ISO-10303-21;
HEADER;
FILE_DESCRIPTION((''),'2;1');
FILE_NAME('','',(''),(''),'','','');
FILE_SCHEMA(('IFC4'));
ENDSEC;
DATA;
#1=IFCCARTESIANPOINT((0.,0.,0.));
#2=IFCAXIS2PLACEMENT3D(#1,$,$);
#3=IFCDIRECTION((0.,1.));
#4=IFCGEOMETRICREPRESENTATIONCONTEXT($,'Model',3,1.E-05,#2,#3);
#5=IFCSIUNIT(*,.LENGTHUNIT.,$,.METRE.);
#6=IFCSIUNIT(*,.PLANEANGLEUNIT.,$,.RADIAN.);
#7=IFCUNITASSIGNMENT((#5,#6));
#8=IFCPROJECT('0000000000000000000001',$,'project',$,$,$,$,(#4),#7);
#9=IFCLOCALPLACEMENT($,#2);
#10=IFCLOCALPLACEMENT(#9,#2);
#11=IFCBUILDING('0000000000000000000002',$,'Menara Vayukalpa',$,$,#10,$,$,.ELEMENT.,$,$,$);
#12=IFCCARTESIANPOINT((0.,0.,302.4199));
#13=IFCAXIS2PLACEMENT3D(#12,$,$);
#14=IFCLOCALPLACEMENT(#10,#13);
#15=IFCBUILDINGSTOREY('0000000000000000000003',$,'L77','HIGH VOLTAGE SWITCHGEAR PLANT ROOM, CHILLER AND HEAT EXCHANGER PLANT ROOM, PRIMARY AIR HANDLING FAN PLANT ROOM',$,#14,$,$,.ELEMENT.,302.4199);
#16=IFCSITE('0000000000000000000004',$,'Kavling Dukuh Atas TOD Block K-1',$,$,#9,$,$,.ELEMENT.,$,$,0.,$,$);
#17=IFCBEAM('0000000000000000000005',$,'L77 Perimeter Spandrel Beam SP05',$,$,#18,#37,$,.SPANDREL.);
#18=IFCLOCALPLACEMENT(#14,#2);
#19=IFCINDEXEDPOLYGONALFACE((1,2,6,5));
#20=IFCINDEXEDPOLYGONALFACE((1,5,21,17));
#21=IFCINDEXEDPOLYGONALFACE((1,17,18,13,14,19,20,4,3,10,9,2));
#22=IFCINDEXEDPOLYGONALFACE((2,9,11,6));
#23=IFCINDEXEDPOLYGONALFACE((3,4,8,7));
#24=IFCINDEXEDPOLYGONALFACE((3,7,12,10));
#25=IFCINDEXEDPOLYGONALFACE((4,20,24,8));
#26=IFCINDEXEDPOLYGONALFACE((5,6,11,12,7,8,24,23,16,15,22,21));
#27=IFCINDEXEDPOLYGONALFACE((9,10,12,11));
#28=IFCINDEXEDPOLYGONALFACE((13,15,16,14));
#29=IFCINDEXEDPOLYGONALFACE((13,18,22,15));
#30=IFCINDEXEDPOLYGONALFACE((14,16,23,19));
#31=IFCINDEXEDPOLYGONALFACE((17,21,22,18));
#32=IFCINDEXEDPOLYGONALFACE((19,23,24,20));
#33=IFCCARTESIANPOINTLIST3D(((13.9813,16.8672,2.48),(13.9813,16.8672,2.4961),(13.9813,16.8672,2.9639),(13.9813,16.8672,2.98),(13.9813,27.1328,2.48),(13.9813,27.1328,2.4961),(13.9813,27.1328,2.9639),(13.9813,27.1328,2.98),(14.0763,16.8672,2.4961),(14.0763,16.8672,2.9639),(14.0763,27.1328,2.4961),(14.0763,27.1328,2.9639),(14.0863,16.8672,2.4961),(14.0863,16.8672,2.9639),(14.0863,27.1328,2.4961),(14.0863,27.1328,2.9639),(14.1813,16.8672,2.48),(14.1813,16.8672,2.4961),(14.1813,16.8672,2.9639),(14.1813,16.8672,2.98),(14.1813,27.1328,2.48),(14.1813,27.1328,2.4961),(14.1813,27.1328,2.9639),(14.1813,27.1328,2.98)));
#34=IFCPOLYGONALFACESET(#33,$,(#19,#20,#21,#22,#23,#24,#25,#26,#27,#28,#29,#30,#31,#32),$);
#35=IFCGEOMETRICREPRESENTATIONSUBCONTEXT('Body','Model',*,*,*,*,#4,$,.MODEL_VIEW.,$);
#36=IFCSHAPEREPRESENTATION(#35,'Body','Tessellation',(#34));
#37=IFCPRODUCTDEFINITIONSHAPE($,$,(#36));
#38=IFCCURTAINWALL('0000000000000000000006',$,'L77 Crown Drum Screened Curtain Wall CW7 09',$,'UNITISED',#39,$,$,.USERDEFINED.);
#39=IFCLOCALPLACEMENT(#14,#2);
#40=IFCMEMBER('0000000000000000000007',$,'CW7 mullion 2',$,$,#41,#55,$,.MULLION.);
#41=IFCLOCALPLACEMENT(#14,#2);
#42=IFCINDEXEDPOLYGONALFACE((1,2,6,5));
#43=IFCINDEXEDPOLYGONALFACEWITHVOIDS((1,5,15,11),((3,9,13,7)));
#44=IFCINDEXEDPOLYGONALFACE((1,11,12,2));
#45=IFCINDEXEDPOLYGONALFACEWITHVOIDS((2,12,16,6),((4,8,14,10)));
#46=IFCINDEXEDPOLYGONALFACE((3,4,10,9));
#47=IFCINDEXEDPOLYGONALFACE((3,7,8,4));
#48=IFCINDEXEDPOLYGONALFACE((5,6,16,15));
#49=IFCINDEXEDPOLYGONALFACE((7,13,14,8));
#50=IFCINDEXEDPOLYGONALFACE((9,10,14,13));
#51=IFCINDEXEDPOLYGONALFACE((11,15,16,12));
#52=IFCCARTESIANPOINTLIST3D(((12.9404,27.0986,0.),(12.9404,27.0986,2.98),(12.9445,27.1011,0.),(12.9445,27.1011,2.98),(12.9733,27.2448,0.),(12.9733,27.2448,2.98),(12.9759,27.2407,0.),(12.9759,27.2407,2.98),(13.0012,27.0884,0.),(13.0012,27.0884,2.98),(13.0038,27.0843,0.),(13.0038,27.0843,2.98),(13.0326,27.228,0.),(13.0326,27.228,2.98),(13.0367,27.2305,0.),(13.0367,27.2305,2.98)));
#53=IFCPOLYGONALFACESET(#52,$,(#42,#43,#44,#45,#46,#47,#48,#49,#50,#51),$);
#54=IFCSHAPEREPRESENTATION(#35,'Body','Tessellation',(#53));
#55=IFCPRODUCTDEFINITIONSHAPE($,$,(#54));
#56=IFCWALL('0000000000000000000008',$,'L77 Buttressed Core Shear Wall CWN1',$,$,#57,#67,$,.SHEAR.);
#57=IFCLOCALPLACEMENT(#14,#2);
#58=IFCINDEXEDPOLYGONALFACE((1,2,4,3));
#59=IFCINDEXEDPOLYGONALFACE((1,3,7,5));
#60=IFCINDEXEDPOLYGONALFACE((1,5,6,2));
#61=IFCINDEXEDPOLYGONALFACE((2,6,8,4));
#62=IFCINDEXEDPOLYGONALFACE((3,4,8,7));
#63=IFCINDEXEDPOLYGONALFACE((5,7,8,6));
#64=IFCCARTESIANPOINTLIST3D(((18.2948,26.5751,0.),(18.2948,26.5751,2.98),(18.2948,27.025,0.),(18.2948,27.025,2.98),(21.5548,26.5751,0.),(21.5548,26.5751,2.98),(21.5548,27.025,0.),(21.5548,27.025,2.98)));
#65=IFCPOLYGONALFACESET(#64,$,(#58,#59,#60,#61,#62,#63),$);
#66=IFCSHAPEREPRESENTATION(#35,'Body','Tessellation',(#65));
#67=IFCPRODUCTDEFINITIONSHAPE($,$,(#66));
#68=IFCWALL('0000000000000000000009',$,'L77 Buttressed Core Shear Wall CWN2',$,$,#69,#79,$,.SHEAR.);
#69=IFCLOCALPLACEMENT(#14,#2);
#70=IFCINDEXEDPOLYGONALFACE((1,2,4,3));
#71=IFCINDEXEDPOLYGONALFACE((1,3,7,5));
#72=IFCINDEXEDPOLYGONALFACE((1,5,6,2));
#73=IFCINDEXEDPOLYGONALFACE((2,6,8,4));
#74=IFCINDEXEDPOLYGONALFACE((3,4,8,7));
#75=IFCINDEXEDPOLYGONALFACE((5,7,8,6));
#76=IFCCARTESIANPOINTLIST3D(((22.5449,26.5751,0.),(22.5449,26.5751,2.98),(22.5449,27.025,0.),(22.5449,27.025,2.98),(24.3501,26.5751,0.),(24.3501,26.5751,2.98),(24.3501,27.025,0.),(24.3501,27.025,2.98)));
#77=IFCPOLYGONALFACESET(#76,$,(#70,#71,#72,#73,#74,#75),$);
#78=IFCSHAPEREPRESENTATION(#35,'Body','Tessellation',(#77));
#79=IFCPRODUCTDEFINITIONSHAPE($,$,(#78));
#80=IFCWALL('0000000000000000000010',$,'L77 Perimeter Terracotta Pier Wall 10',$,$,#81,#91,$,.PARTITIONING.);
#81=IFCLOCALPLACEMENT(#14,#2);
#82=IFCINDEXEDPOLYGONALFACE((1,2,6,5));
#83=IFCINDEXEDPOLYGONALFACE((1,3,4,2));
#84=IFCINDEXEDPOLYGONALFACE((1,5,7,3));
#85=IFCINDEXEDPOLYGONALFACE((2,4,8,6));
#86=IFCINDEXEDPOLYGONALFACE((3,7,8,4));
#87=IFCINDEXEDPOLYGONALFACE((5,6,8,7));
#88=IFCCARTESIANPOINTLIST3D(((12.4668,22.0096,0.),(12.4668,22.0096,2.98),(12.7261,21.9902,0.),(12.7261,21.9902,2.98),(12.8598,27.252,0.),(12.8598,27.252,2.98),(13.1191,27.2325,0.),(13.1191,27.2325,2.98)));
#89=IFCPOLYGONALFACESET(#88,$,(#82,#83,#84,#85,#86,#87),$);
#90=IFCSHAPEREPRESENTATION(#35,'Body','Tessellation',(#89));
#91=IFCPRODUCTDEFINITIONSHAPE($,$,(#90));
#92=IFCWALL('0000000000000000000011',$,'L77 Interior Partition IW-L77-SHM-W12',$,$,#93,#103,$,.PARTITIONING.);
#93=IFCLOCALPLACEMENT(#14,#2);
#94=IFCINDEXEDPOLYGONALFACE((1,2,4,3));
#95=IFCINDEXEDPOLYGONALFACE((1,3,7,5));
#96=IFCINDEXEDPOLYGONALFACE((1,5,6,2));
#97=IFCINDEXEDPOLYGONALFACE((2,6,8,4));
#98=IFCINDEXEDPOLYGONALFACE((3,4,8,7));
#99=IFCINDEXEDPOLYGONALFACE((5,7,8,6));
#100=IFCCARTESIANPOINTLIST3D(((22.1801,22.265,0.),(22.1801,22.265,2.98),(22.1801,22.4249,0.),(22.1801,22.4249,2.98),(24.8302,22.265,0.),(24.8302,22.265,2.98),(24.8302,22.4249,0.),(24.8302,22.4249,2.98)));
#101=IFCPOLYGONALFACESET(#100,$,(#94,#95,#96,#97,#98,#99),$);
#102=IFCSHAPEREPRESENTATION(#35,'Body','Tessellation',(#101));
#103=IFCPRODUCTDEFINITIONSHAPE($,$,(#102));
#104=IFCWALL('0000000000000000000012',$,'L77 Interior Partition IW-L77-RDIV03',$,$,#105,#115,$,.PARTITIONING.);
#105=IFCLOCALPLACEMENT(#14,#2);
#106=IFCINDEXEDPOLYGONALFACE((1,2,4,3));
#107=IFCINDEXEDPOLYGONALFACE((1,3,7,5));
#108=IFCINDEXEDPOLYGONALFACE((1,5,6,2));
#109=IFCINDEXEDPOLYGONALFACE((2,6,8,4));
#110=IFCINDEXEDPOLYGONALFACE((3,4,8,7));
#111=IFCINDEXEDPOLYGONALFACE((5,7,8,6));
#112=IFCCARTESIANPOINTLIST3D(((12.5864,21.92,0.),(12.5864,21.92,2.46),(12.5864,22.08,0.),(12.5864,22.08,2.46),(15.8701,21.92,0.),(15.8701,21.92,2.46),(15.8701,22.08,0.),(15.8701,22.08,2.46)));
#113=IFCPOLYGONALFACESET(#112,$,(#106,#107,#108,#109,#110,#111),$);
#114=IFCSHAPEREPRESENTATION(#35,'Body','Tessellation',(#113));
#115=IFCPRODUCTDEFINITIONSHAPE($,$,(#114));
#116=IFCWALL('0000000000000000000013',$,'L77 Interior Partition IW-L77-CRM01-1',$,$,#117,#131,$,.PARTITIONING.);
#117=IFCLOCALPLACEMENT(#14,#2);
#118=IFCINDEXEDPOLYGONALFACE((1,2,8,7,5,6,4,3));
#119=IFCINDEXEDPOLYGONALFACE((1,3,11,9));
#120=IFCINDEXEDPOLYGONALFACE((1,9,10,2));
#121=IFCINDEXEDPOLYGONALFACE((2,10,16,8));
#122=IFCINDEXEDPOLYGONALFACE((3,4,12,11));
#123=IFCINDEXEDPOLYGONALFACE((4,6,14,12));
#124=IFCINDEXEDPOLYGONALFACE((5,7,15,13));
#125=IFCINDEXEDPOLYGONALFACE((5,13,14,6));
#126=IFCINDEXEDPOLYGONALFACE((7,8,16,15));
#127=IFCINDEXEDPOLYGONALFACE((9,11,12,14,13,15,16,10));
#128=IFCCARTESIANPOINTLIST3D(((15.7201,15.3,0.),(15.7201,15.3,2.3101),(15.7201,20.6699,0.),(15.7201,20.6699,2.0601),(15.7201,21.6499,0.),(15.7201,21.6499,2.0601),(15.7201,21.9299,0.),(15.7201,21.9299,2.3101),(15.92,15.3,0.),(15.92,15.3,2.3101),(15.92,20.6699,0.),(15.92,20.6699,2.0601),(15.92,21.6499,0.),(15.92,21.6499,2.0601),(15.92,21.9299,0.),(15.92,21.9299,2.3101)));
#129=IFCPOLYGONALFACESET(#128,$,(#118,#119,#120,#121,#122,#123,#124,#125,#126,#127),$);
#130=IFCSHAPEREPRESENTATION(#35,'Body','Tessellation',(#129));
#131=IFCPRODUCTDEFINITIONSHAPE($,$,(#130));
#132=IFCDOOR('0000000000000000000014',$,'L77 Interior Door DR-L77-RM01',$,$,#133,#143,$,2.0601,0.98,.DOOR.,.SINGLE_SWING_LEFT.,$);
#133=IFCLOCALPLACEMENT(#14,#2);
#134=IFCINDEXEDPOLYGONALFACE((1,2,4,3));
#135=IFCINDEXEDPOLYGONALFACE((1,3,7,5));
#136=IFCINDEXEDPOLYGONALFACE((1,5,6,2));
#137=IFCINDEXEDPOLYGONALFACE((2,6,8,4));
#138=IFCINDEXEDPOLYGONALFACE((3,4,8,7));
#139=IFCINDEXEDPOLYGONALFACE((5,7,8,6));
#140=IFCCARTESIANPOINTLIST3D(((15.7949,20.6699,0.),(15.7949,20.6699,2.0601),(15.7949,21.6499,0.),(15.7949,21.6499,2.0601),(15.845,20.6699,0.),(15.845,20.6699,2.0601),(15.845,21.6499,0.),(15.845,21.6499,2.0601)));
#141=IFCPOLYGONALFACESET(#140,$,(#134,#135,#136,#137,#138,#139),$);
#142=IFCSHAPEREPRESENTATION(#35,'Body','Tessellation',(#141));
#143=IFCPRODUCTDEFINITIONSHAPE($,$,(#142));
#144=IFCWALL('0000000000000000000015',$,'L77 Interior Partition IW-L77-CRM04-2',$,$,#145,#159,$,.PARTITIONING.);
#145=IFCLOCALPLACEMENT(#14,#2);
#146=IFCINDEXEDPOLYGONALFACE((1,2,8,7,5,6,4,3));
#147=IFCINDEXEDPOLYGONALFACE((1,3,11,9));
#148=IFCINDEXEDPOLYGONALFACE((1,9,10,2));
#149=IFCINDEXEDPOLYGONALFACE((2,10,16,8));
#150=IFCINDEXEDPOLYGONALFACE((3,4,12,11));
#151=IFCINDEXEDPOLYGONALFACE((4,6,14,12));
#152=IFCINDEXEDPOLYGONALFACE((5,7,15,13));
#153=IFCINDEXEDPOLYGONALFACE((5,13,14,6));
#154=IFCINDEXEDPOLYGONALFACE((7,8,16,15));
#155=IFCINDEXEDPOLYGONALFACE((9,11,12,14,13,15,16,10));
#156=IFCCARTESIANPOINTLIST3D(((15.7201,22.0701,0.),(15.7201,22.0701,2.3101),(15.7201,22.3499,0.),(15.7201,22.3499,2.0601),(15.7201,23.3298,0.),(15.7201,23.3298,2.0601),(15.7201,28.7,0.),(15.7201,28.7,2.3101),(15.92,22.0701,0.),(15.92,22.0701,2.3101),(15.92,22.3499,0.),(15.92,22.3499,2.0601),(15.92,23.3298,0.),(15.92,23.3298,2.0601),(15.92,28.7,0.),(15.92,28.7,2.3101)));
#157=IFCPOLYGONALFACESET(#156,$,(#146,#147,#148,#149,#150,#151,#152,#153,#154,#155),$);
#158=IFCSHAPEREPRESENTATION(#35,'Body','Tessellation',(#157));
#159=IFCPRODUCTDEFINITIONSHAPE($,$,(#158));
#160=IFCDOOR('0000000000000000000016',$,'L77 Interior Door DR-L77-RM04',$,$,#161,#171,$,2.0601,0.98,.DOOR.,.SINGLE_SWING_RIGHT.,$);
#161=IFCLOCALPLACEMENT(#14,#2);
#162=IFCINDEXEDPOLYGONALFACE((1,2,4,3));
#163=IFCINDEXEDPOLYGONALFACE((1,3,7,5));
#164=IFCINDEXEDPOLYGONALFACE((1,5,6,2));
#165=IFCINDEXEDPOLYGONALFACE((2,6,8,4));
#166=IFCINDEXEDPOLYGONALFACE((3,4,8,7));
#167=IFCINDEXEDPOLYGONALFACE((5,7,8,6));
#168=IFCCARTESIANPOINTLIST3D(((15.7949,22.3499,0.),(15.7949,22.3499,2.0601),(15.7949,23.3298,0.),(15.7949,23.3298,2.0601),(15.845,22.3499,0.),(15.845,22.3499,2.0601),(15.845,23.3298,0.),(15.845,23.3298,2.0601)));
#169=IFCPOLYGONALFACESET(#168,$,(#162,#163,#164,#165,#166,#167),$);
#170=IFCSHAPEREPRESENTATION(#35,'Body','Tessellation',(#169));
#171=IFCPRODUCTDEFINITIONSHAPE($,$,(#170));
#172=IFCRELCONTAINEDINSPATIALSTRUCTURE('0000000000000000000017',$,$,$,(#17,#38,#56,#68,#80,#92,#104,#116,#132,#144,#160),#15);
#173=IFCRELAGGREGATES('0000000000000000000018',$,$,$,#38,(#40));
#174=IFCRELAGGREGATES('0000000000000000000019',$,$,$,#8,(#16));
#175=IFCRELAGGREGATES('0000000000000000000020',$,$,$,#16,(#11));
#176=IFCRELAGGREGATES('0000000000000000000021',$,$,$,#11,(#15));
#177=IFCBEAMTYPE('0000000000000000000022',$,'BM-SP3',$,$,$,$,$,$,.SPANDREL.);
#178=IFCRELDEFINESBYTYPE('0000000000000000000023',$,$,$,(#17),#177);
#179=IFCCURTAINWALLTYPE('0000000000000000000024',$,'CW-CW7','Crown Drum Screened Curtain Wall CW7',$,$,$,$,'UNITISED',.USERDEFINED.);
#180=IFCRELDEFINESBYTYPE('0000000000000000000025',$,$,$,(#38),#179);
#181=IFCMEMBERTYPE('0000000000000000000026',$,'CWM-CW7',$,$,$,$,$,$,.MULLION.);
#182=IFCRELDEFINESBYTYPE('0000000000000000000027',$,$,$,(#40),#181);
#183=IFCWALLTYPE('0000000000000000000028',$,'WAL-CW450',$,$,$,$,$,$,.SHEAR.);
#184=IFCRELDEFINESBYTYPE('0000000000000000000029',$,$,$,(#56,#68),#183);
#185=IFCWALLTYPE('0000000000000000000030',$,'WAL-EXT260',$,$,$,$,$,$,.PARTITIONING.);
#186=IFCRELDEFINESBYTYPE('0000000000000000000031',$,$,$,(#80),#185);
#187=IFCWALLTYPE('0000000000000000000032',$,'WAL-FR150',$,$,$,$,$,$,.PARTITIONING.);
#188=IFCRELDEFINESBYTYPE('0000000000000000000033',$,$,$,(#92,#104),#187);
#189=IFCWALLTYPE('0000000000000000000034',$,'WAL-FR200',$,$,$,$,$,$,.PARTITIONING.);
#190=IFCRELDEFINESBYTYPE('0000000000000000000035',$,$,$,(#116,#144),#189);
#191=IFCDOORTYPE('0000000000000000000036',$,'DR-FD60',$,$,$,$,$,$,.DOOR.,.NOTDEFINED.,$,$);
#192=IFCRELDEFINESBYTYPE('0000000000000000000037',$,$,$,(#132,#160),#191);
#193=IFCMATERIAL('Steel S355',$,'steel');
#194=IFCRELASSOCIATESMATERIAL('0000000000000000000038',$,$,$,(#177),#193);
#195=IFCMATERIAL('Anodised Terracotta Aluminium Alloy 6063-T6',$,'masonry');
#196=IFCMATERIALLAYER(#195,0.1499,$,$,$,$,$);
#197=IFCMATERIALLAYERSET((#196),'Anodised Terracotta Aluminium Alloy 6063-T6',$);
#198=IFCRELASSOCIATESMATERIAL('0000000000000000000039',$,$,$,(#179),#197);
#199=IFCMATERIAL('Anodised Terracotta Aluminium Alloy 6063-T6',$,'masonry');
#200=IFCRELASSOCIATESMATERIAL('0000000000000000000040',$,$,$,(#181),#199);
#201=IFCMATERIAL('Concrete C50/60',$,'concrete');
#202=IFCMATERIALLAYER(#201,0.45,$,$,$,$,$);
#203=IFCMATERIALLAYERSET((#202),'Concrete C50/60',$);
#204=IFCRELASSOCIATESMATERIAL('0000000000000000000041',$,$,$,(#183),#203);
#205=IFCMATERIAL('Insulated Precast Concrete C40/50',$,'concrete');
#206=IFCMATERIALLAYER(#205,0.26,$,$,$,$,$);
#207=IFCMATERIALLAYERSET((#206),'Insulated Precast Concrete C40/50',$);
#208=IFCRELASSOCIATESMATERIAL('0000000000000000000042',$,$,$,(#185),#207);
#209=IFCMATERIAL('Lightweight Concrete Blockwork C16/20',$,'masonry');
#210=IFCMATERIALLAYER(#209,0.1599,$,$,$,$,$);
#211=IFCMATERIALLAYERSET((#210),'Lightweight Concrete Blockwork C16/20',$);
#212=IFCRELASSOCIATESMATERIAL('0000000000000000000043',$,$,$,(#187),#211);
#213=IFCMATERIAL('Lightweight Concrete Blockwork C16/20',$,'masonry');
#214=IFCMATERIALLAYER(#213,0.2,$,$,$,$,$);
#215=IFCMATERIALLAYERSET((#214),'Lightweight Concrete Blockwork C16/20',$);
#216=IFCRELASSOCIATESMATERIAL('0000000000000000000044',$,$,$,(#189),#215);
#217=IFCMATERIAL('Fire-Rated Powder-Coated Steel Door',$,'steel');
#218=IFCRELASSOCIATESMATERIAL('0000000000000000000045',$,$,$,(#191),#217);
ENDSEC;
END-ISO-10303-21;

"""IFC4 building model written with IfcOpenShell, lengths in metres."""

from ifc_helpers import new_model, si_unit, direction, frame, frame_2d, origin, origin_2d, place, context, subcontext, project, spatial, rectangle, hollow_rectangle, i_section, extrude, material, layer, layer_set, material_profile, profile_set, type_object, element, fill, aggregate, save


model = new_model("IFC4")

# Units and contexts
model_context = context("Model", 3, precision=1e-05, world=origin(), true_north=direction((0.0, 1.0)))
body_context = subcontext(model_context, "Body", "Model", "MODEL_VIEW")
ifc_project = project(units=[si_unit("LENGTHUNIT", "METRE"), si_unit("PLANEANGLEUNIT", "RADIAN")], contexts=[model_context])

# Site, building, storey
site_placement = place(None, origin())
site = spatial("IfcSite", under=ifc_project, at=site_placement, Name="Kavling Dukuh Atas TOD Block K-1", CompositionType="ELEMENT", RefElevation=0.0)
building_placement = place(site_placement, origin())
building = spatial("IfcBuilding", under=site, at=building_placement, Name="Menara Vayukalpa", CompositionType="ELEMENT")
storey_placement = place(building_placement, frame((0.0, 0.0, 302.4199)))
storey = spatial("IfcBuildingStorey", under=building, at=storey_placement, Name="L77", Description="HIGH VOLTAGE SWITCHGEAR PLANT ROOM, CHILLER AND HEAT EXCHANGER PLANT ROOM, PRIMARY AIR HANDLING FAN PLANT ROOM", CompositionType="ELEMENT", Elevation=302.4199)

# Beam
ifc_material_1 = material(Name="Steel S355", Category="steel")
ifc_material_profile_1 = material_profile(ifc_material_1, i_section(OverallWidth=0.2, OverallDepth=0.5, WebThickness=0.01, FlangeThickness=0.0161, at=origin_2d()), Name="WF 500x200x10x16")
ifc_profile_set_1 = profile_set([ifc_material_profile_1], Name="Steel S355")
beam_type_1 = type_object("IfcBeamType", Name="BM-SP3", PredefinedType="SPANDREL", material=ifc_profile_set_1)
beam_1_placement = place(storey_placement, frame((14.0813, 27.1328, 2.73), z_axis=(0.0, -1.0, 0.0), x_axis=(1.0, 0.0, 0.0)))
element("IfcBeam", 1, at=beam_1_placement, inside=storey, type_object=beam_type_1, Name="L77 Perimeter Spandrel Beam SP05", PredefinedType="SPANDREL", context=body_context, shape_type="SweptSolid", body=[
    extrude(i_section(OverallWidth=0.2, OverallDepth=0.5, WebThickness=0.01, FlangeThickness=0.0161, at=origin_2d()), origin(), (0.0, 0.0, 1.0), 10.2656),
])

# Curtain wall, member
ifc_material_2 = material(Name="Anodised Terracotta Aluminium Alloy 6063-T6", Category="masonry")
ifc_layer_1 = layer(ifc_material_2, 0.1499)
ifc_layer_set_1 = layer_set([ifc_layer_1], Name="Anodised Terracotta Aluminium Alloy 6063-T6")
curtain_wall_type = type_object("IfcCurtainWallType", Name="CW-CW7", Description="Crown Drum Screened Curtain Wall CW7", ElementType="UNITISED", PredefinedType="USERDEFINED", material=ifc_layer_set_1)
curtain_wall_placement = place(storey_placement, origin())
curtain_wall = element("IfcCurtainWall", 2, at=curtain_wall_placement, inside=storey, type_object=curtain_wall_type, Name="L77 Crown Drum Screened Curtain Wall CW7 09", ObjectType="UNITISED", PredefinedType="USERDEFINED")
ifc_material_3 = material(Name="Anodised Terracotta Aluminium Alloy 6063-T6", Category="masonry")
ifc_material_profile_2 = material_profile(ifc_material_3, hollow_rectangle(XDim=0.0649, YDim=0.1499, WallThickness=0.0034, at=origin_2d()), Name="ALU 65x150x3.5")
ifc_profile_set_2 = profile_set([ifc_material_profile_2], Name="Anodised Terracotta Aluminium Alloy 6063-T6")
member_type = type_object("IfcMemberType", Name="CWM-CW7", PredefinedType="MULLION", material=ifc_profile_set_2)
member_placement = place(storey_placement, frame((12.9885, 27.1646, 0.0), z_axis=(0.0, 0.0, 1.0), x_axis=(0.975609, -0.219516, 0.0)))
member = element("IfcMember", 3, at=member_placement, type_object=member_type, Name="CW7 mullion 2", PredefinedType="MULLION", context=body_context, shape_type="SweptSolid", body=[
    extrude(hollow_rectangle(XDim=0.0649, YDim=0.1499, WallThickness=0.0034, at=origin_2d()), origin(), (0.0, 0.0, 1.0), 2.98),
])
aggregate(curtain_wall, [member])

# Walls
ifc_material_4 = material(Name="Concrete C50/60", Category="concrete")
ifc_layer_2 = layer(ifc_material_4, 0.45)
ifc_layer_set_2 = layer_set([ifc_layer_2], Name="Concrete C50/60")
wall_type_1 = type_object("IfcWallType", Name="WAL-CW450", PredefinedType="SHEAR", material=ifc_layer_set_2)
wall_1_placement = place(storey_placement, frame((18.2949, 26.8, 0.0), z_axis=(0.0, 0.0, 1.0), x_axis=(1.0, 0.0, 0.0)))
element("IfcWall", 4, at=wall_1_placement, inside=storey, type_object=wall_type_1, Name="L77 Buttressed Core Shear Wall CWN1", PredefinedType="SHEAR", context=body_context, shape_type="SweptSolid", body=[
    extrude(rectangle(XDim=3.26, YDim=0.45, at=frame_2d((1.6299, 0.0))), origin(), (0.0, 0.0, 1.0), 2.98),
])
wall_2_placement = place(storey_placement, frame((22.5449, 26.8, 0.0), z_axis=(0.0, 0.0, 1.0), x_axis=(1.0, 0.0, 0.0)))
element("IfcWall", 5, at=wall_2_placement, inside=storey, type_object=wall_type_1, Name="L77 Buttressed Core Shear Wall CWN2", PredefinedType="SHEAR", context=body_context, shape_type="SweptSolid", body=[
    extrude(rectangle(XDim=1.8052, YDim=0.45, at=frame_2d((0.9026, 0.0))), origin(), (0.0, 0.0, 1.0), 2.98),
])
ifc_material_5 = material(Name="Insulated Precast Concrete C40/50", Category="concrete")
ifc_layer_3 = layer(ifc_material_5, 0.26)
ifc_layer_set_3 = layer_set([ifc_layer_3], Name="Insulated Precast Concrete C40/50")
wall_type_2 = type_object("IfcWallType", Name="WAL-EXT260", PredefinedType="PARTITIONING", material=ifc_layer_set_3)
wall_3_placement = place(storey_placement, frame((12.5964, 22.0, 0.0), z_axis=(0.0, 0.0, 1.0), x_axis=(0.074768, 0.997201, 0.0)))
element("IfcWall", 6, at=wall_3_placement, inside=storey, type_object=wall_type_2, Name="L77 Perimeter Terracotta Pier Wall 10", PredefinedType="PARTITIONING", context=body_context, shape_type="SweptSolid", body=[
    extrude(rectangle(XDim=5.2571, YDim=0.26, at=frame_2d((2.6284, 0.0))), origin(), (0.0, 0.0, 1.0), 2.98),
])
ifc_material_6 = material(Name="Lightweight Concrete Blockwork C16/20", Category="masonry")
ifc_layer_4 = layer(ifc_material_6, 0.1599)
ifc_layer_set_4 = layer_set([ifc_layer_4], Name="Lightweight Concrete Blockwork C16/20")
wall_type_3 = type_object("IfcWallType", Name="WAL-FR150", PredefinedType="PARTITIONING", material=ifc_layer_set_4)
wall_4_placement = place(storey_placement, frame((22.1799, 22.345, 0.0), z_axis=(0.0, 0.0, 1.0), x_axis=(1.0, 0.0, 0.0)))
element("IfcWall", 7, at=wall_4_placement, inside=storey, type_object=wall_type_3, Name="L77 Interior Partition IW-L77-SHM-W12", PredefinedType="PARTITIONING", context=body_context, shape_type="SweptSolid", body=[
    extrude(rectangle(XDim=2.6501, YDim=0.1599, at=frame_2d((1.3252, 0.0))), origin(), (0.0, 0.0, 1.0), 2.98),
])
wall_5_placement = place(storey_placement, frame((12.5864, 22.0, 0.0), z_axis=(0.0, 0.0, 1.0), x_axis=(1.0, 0.0, 0.0)))
element("IfcWall", 8, at=wall_5_placement, inside=storey, type_object=wall_type_3, Name="L77 Interior Partition IW-L77-RDIV03", PredefinedType="PARTITIONING", context=body_context, shape_type="SweptSolid", body=[
    extrude(rectangle(XDim=3.2837, YDim=0.1599, at=frame_2d((1.6418, 0.0))), origin(), (0.0, 0.0, 1.0), 2.46),
])

# Walls, openings, doors
ifc_material_7 = material(Name="Lightweight Concrete Blockwork C16/20", Category="masonry")
ifc_layer_5 = layer(ifc_material_7, 0.2)
ifc_layer_set_5 = layer_set([ifc_layer_5], Name="Lightweight Concrete Blockwork C16/20")
wall_type_4 = type_object("IfcWallType", Name="WAL-FR200", PredefinedType="PARTITIONING", material=ifc_layer_set_5)
wall_6_placement = place(storey_placement, frame((15.8201, 21.9299, 0.0), z_axis=(0.0, 0.0, 1.0), x_axis=(0.0, -1.0, 0.0)))
wall_6 = element("IfcWall", 9, at=wall_6_placement, inside=storey, type_object=wall_type_4, Name="L77 Interior Partition IW-L77-CRM01-1", PredefinedType="PARTITIONING", context=body_context, shape_type="SweptSolid", body=[
    extrude(rectangle(XDim=6.6299, YDim=0.2, at=frame_2d((3.3149, 0.0))), origin(), (0.0, 0.0, 1.0), 2.3101),
])
opening_1_placement = place(wall_6_placement, frame((0.28, 0.0, 0.0)))
opening_1 = element("IfcOpeningElement", 10, at=opening_1_placement, cuts=wall_6, PredefinedType="OPENING", context=body_context, shape_type="SweptSolid", body=[
    extrude(rectangle(XDim=0.98, YDim=2.0601, at=frame_2d((0.49, 1.03))), frame((0.0, 0.1099, 0.0), z_axis=(0.0, -1.0, 0.0), x_axis=(1.0, 0.0, 0.0)), (0.0, 0.0, 1.0), 0.22),
])
ifc_material_8 = material(Name="Fire-Rated Powder-Coated Steel Door", Category="steel")
door_type = type_object("IfcDoorType", Name="DR-FD60", OperationType="NOTDEFINED", PredefinedType="DOOR", material=ifc_material_8)
door_1_placement = place(opening_1_placement, origin())
door_1 = element("IfcDoor", 11, at=door_1_placement, inside=storey, type_object=door_type, Name="L77 Interior Door DR-L77-RM01", OperationType="SINGLE_SWING_LEFT", OverallHeight=2.0601, OverallWidth=0.98, PredefinedType="DOOR", context=body_context, shape_type="SweptSolid", body=[
    extrude(rectangle(XDim=0.98, YDim=2.0601, at=frame_2d((0.49, 1.03))), frame((0.0, 0.0249, 0.0), z_axis=(0.0, -1.0, 0.0), x_axis=(1.0, 0.0, 0.0)), (0.0, 0.0, 1.0), 0.05),
])
fill(opening_1, door_1)
wall_7_placement = place(storey_placement, frame((15.8201, 28.7, 0.0), z_axis=(0.0, 0.0, 1.0), x_axis=(0.0, -1.0, 0.0)))
wall_7 = element("IfcWall", 12, at=wall_7_placement, inside=storey, type_object=wall_type_4, Name="L77 Interior Partition IW-L77-CRM04-2", PredefinedType="PARTITIONING", context=body_context, shape_type="SweptSolid", body=[
    extrude(rectangle(XDim=6.6299, YDim=0.2, at=frame_2d((3.3149, 0.0))), origin(), (0.0, 0.0, 1.0), 2.3101),
])
opening_2_placement = place(wall_7_placement, frame((5.3701, 0.0, 0.0)))
opening_2 = element("IfcOpeningElement", 13, at=opening_2_placement, cuts=wall_7, PredefinedType="OPENING", context=body_context, shape_type="SweptSolid", body=[
    extrude(rectangle(XDim=0.98, YDim=2.0601, at=frame_2d((0.49, 1.03))), frame((0.0, 0.1099, 0.0), z_axis=(0.0, -1.0, 0.0), x_axis=(1.0, 0.0, 0.0)), (0.0, 0.0, 1.0), 0.22),
])
door_2_placement = place(opening_2_placement, origin())
door_2 = element("IfcDoor", 14, at=door_2_placement, inside=storey, type_object=door_type, Name="L77 Interior Door DR-L77-RM04", OperationType="SINGLE_SWING_RIGHT", OverallHeight=2.0601, OverallWidth=0.98, PredefinedType="DOOR", context=body_context, shape_type="SweptSolid", body=[
    extrude(rectangle(XDim=0.98, YDim=2.0601, at=frame_2d((0.49, 1.03))), frame((0.0, 0.0249, 0.0), z_axis=(0.0, -1.0, 0.0), x_axis=(1.0, 0.0, 0.0)), (0.0, 0.0, 1.0), 0.05),
])
fill(opening_2, door_2)

save(model, "model.ifc")
